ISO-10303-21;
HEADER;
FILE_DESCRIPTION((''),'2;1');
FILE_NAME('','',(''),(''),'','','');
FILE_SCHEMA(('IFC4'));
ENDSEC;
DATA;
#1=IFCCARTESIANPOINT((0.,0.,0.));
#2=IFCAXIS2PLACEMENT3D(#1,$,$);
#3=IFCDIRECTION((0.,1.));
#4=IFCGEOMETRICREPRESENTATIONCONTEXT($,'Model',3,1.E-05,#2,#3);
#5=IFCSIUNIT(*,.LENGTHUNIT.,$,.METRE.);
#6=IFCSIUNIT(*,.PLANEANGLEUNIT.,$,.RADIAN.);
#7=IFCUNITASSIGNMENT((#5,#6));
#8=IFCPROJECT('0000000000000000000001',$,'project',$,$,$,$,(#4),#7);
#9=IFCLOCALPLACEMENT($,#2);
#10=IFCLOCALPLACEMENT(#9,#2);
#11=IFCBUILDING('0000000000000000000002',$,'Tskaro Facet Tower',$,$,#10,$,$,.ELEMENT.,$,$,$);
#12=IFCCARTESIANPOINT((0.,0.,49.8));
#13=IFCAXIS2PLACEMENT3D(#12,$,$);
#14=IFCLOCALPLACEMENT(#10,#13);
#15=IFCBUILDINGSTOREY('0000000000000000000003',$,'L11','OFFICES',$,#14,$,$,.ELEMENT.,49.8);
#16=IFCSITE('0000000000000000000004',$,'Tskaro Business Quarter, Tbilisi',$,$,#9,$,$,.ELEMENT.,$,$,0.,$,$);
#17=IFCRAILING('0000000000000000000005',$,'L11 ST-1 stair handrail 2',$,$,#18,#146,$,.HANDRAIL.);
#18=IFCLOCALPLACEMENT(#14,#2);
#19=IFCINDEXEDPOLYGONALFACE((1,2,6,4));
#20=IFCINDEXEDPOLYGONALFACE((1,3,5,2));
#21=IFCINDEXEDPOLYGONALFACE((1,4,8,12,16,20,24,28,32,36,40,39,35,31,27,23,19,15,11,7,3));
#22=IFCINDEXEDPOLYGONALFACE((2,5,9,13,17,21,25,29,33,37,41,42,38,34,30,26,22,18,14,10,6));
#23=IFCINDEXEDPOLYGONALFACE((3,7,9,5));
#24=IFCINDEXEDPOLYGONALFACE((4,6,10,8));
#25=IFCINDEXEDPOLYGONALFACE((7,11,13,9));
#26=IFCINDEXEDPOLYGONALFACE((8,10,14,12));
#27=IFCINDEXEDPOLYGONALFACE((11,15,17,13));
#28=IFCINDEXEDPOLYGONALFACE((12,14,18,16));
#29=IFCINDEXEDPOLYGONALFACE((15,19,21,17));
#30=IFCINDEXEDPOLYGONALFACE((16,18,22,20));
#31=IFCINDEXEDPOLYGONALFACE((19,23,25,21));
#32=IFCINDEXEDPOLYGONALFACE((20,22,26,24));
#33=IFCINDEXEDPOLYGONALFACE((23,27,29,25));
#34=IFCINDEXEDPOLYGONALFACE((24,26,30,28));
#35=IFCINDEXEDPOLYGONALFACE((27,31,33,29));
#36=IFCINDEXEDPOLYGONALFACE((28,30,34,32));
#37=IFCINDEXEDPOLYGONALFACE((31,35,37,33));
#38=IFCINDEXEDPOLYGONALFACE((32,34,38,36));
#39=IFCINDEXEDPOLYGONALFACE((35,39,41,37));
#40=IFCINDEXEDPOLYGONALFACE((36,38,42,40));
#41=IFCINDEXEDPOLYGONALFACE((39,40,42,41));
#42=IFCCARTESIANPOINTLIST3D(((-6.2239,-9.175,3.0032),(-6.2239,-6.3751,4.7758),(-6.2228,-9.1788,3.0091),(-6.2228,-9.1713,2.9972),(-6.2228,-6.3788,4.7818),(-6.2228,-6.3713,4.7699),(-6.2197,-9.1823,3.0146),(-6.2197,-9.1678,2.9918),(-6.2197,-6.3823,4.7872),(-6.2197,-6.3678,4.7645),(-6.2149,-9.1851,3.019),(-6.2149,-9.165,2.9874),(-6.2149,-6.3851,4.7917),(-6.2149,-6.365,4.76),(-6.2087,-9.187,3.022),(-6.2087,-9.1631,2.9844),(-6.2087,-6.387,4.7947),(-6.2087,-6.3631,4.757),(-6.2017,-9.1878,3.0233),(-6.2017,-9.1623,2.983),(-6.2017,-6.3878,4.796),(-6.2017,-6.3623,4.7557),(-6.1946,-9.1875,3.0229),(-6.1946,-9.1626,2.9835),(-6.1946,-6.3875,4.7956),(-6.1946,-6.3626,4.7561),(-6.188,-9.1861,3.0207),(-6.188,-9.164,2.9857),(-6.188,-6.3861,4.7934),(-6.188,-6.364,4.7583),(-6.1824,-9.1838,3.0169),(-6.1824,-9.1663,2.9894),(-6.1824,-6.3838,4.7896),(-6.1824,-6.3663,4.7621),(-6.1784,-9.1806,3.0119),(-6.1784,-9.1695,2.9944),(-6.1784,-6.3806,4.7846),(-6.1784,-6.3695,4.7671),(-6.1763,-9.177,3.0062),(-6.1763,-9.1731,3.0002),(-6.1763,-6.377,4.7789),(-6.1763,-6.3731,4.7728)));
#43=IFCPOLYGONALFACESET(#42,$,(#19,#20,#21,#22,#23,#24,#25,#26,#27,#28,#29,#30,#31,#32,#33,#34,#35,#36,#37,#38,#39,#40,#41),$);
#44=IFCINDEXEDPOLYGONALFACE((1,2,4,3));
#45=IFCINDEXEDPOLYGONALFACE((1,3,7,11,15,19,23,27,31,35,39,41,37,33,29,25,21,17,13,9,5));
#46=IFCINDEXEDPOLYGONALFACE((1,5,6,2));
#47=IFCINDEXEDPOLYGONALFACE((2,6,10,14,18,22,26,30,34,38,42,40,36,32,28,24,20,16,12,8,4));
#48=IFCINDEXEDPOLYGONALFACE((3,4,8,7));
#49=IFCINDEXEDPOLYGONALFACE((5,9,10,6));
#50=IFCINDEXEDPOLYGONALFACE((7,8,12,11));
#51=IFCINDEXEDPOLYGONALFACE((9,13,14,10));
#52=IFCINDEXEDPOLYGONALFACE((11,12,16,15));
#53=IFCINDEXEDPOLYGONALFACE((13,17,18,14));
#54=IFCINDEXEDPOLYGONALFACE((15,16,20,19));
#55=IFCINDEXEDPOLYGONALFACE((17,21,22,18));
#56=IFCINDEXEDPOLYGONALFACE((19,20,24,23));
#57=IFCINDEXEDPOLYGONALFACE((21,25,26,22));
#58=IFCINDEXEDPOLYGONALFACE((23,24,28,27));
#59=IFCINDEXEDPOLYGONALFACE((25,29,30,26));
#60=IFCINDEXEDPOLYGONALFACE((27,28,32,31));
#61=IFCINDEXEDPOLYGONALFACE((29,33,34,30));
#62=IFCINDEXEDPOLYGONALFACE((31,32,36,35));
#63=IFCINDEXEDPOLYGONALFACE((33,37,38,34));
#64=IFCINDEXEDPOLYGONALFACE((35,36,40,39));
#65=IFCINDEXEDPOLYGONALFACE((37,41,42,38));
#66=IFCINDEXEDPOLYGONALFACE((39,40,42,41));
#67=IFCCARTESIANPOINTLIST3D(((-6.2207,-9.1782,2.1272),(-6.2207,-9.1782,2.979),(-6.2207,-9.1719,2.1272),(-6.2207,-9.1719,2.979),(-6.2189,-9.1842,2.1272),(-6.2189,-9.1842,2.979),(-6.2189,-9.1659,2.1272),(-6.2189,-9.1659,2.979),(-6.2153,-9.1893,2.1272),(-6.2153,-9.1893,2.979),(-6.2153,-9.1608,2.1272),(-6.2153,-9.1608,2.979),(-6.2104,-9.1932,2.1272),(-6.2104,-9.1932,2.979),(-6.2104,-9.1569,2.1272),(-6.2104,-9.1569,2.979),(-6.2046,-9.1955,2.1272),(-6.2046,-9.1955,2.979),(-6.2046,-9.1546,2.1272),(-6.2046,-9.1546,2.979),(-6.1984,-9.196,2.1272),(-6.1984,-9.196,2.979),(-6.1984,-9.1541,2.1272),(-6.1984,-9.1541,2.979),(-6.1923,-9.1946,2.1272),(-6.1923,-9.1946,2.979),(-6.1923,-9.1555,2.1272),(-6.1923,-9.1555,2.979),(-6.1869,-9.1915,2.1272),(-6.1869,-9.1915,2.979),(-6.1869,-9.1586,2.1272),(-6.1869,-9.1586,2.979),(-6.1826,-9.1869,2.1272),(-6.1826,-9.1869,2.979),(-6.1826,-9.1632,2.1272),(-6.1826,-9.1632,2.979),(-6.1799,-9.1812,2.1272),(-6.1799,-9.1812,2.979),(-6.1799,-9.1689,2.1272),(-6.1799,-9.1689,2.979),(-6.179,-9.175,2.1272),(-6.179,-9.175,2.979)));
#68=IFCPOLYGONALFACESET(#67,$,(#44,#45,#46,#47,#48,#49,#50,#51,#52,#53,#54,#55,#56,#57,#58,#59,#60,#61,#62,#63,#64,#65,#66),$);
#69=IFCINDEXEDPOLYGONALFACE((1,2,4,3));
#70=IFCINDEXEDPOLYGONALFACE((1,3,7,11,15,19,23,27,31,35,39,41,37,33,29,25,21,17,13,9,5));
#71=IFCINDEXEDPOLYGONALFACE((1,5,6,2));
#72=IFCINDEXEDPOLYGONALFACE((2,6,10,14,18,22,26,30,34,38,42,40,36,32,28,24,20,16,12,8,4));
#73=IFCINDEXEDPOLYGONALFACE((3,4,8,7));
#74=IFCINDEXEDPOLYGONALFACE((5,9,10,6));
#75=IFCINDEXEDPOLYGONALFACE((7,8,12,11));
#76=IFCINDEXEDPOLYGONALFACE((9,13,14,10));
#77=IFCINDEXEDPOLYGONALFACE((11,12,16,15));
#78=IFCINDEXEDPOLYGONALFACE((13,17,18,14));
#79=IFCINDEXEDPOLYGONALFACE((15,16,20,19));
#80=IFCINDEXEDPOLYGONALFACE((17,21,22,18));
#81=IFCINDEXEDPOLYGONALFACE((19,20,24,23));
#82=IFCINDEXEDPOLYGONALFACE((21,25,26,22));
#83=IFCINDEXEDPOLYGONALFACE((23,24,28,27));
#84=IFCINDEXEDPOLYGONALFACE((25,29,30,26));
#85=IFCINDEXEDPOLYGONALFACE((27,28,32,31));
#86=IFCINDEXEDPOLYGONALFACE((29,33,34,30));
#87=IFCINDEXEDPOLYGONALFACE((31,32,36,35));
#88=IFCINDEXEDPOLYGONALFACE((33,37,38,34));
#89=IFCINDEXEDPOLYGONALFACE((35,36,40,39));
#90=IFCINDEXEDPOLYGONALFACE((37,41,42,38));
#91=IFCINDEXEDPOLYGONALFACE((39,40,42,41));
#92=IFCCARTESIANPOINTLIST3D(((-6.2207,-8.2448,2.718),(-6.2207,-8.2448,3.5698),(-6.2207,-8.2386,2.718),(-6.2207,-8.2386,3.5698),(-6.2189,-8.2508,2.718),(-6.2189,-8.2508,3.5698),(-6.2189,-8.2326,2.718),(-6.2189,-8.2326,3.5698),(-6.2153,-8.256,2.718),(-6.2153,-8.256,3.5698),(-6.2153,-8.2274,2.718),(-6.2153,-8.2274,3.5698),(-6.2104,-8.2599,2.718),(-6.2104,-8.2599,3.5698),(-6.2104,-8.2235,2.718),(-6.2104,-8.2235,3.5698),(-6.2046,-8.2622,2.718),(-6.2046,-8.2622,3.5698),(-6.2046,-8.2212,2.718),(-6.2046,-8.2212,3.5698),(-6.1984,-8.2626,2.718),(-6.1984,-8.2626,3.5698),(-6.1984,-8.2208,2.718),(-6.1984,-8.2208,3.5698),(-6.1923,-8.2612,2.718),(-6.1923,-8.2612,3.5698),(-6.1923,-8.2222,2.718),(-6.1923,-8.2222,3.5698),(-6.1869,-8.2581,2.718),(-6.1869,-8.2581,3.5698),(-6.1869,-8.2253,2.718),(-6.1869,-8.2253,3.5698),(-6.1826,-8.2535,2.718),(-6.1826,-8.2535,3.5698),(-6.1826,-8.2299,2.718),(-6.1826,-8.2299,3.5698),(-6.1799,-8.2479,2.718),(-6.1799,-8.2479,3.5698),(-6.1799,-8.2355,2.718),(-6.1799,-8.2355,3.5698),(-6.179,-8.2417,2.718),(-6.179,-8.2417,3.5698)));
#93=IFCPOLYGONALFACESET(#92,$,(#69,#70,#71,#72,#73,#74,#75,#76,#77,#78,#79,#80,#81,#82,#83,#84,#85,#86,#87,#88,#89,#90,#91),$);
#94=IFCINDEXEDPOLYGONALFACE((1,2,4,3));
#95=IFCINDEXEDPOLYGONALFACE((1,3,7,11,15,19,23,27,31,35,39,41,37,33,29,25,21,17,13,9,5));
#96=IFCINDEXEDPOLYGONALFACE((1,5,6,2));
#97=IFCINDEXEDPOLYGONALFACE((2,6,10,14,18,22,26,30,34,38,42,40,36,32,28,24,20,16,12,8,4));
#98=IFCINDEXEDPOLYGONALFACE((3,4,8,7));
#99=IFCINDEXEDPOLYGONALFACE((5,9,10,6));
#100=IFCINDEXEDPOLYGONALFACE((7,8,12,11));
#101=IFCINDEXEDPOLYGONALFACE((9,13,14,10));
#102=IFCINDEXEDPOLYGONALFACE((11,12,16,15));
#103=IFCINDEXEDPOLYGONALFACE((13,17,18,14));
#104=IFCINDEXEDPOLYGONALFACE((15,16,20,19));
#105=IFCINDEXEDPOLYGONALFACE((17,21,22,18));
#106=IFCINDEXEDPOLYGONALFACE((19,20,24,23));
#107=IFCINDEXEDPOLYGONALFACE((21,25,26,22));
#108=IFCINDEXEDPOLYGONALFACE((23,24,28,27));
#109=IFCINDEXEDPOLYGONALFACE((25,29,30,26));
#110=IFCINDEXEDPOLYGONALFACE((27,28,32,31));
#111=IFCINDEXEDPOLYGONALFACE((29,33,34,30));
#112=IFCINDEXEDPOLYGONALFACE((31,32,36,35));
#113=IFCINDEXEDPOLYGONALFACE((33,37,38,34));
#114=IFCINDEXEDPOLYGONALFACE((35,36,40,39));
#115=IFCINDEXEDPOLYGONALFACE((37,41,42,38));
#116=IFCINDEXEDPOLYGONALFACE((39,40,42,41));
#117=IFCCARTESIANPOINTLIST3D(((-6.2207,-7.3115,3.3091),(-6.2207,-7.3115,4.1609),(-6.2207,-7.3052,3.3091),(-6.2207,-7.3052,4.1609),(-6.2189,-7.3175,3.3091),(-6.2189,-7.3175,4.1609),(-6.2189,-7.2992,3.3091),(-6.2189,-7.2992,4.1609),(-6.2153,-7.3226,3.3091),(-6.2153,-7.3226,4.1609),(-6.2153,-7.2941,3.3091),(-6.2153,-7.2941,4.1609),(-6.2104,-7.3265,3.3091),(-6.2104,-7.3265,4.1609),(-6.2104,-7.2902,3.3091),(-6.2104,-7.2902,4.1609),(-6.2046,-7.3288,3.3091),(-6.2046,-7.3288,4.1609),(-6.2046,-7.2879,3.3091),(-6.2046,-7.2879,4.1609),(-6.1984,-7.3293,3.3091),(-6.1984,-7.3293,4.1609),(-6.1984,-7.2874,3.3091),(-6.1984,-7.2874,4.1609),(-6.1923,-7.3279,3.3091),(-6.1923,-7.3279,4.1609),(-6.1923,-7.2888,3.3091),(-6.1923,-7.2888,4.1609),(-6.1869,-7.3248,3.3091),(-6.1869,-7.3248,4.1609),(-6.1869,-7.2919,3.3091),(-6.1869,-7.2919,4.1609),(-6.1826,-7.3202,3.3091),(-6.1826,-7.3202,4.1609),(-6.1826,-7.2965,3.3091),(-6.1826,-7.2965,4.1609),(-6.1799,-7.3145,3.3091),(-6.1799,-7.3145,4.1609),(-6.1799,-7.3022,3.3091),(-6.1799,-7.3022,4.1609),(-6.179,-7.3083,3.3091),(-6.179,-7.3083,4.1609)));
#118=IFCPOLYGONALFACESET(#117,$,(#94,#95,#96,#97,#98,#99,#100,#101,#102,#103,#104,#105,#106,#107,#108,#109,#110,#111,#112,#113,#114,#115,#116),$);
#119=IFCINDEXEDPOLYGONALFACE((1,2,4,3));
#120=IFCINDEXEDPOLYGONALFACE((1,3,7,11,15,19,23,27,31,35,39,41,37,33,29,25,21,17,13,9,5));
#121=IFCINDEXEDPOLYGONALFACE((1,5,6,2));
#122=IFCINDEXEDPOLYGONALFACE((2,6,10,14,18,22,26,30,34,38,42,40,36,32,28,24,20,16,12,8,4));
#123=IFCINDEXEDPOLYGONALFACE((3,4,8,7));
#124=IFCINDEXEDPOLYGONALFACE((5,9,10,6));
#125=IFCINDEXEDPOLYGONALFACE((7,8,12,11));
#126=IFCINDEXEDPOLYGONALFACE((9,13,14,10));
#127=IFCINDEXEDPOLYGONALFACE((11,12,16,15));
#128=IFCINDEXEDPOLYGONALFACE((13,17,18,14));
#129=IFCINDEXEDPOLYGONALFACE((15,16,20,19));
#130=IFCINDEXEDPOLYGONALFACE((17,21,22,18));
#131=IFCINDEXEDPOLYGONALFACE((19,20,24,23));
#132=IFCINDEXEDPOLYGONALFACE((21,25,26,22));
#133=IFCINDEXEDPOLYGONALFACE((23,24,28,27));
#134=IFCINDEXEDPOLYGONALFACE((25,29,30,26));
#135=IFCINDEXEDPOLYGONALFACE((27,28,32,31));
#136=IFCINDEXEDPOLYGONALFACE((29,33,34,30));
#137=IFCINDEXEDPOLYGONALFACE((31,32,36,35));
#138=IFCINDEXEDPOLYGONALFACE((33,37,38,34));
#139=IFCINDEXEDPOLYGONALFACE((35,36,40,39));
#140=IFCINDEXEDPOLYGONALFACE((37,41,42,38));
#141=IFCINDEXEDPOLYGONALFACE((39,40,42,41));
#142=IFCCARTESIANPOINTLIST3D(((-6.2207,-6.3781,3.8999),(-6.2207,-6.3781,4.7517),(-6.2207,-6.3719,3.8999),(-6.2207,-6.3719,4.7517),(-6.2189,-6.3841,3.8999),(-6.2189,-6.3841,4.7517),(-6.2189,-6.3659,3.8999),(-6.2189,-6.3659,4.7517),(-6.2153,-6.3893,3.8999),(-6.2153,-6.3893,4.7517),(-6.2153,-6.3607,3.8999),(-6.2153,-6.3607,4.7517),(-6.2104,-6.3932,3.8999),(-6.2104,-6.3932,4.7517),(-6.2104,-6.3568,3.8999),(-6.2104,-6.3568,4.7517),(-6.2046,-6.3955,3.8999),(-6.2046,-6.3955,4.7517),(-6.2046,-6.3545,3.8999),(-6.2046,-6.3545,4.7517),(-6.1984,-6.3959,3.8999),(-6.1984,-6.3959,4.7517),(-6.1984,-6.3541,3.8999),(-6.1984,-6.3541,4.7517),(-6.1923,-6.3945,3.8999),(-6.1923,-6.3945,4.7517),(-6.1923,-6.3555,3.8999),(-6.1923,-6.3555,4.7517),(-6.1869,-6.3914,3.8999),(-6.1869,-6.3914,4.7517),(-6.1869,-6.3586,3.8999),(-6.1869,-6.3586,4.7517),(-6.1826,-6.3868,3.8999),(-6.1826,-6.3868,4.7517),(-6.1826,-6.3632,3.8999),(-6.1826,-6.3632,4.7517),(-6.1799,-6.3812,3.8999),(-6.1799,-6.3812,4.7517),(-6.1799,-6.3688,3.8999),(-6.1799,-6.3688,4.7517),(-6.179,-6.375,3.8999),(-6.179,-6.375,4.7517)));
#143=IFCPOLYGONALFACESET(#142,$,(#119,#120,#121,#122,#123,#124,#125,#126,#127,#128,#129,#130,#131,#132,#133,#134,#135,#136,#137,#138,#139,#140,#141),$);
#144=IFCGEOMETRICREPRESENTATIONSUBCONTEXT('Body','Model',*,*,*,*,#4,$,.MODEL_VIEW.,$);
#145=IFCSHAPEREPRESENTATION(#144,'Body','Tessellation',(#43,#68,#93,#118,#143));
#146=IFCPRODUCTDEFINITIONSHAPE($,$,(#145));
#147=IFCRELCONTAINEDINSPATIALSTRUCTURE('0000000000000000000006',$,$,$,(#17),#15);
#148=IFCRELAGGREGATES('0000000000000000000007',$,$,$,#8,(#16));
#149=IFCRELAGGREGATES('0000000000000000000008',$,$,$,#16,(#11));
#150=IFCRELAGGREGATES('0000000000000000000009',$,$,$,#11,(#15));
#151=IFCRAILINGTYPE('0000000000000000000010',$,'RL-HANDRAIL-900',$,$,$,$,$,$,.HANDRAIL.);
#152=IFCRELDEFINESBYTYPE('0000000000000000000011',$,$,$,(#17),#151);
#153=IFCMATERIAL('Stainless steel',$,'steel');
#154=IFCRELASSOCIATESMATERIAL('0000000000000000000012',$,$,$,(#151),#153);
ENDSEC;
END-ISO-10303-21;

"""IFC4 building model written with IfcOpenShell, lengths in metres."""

from ifc_helpers import new_model, si_unit, direction, frame, origin, origin_2d, place, context, subcontext, project, spatial, circle, extrude, material, type_object, element, save


model = new_model("IFC4")

# Units and contexts
model_context = context("Model", 3, precision=1e-05, world=origin(), true_north=direction((0.0, 1.0)))
body_context = subcontext(model_context, "Body", "Model", "MODEL_VIEW")
ifc_project = project(units=[si_unit("LENGTHUNIT", "METRE"), si_unit("PLANEANGLEUNIT", "RADIAN")], contexts=[model_context])

# Site, building, storey
site_placement = place(None, origin())
site = spatial("IfcSite", under=ifc_project, at=site_placement, Name="Tskaro Business Quarter, Tbilisi", CompositionType="ELEMENT", RefElevation=0.0)
building_placement = place(site_placement, origin())
building = spatial("IfcBuilding", under=site, at=building_placement, Name="Tskaro Facet Tower", CompositionType="ELEMENT")
storey_placement = place(building_placement, frame((0.0, 0.0, 49.8)))
storey = spatial("IfcBuildingStorey", under=building, at=storey_placement, Name="L11", Description="OFFICES", CompositionType="ELEMENT", Elevation=49.8)

# Shared definitions
ifc_material_1 = material(Name="Stainless steel", Category="steel")

# Railing
railing_type_1 = type_object("IfcRailingType", Name="RL-HANDRAIL-900", PredefinedType="HANDRAIL", material=ifc_material_1)
railing_1_placement = place(storey_placement, frame((-6.2, -9.175, 2.1272)))
element("IfcRailing", 1, at=railing_1_placement, inside=storey, type_object=railing_type_1, Name="L11 ST-1 stair handrail 2", PredefinedType="HANDRAIL", context=body_context, shape_type="SweptSolid", body=[
    extrude(circle(Radius=0.0239, at=origin_2d()), frame((0.0, 0.0, 0.876), z_axis=(0.0, 0.844909, 0.53491), x_axis=(-1.0, 0.0, 0.0)), (0.0, 0.0, 1.0), 3.314),
    extrude(circle(Radius=0.021, at=origin_2d()), origin(), (0.0, 0.0, 1.0), 0.8518),
    extrude(circle(Radius=0.021, at=origin_2d()), frame((0.0, 0.9333, 0.5908)), (0.0, 0.0, 1.0), 0.8518),
    extrude(circle(Radius=0.021, at=origin_2d()), frame((0.0, 1.8667, 1.1819)), (0.0, 0.0, 1.0), 0.8518),
    extrude(circle(Radius=0.021, at=origin_2d()), frame((0.0, 2.8, 1.7727)), (0.0, 0.0, 1.0), 0.8518),
])

save(model, "model.ifc")
